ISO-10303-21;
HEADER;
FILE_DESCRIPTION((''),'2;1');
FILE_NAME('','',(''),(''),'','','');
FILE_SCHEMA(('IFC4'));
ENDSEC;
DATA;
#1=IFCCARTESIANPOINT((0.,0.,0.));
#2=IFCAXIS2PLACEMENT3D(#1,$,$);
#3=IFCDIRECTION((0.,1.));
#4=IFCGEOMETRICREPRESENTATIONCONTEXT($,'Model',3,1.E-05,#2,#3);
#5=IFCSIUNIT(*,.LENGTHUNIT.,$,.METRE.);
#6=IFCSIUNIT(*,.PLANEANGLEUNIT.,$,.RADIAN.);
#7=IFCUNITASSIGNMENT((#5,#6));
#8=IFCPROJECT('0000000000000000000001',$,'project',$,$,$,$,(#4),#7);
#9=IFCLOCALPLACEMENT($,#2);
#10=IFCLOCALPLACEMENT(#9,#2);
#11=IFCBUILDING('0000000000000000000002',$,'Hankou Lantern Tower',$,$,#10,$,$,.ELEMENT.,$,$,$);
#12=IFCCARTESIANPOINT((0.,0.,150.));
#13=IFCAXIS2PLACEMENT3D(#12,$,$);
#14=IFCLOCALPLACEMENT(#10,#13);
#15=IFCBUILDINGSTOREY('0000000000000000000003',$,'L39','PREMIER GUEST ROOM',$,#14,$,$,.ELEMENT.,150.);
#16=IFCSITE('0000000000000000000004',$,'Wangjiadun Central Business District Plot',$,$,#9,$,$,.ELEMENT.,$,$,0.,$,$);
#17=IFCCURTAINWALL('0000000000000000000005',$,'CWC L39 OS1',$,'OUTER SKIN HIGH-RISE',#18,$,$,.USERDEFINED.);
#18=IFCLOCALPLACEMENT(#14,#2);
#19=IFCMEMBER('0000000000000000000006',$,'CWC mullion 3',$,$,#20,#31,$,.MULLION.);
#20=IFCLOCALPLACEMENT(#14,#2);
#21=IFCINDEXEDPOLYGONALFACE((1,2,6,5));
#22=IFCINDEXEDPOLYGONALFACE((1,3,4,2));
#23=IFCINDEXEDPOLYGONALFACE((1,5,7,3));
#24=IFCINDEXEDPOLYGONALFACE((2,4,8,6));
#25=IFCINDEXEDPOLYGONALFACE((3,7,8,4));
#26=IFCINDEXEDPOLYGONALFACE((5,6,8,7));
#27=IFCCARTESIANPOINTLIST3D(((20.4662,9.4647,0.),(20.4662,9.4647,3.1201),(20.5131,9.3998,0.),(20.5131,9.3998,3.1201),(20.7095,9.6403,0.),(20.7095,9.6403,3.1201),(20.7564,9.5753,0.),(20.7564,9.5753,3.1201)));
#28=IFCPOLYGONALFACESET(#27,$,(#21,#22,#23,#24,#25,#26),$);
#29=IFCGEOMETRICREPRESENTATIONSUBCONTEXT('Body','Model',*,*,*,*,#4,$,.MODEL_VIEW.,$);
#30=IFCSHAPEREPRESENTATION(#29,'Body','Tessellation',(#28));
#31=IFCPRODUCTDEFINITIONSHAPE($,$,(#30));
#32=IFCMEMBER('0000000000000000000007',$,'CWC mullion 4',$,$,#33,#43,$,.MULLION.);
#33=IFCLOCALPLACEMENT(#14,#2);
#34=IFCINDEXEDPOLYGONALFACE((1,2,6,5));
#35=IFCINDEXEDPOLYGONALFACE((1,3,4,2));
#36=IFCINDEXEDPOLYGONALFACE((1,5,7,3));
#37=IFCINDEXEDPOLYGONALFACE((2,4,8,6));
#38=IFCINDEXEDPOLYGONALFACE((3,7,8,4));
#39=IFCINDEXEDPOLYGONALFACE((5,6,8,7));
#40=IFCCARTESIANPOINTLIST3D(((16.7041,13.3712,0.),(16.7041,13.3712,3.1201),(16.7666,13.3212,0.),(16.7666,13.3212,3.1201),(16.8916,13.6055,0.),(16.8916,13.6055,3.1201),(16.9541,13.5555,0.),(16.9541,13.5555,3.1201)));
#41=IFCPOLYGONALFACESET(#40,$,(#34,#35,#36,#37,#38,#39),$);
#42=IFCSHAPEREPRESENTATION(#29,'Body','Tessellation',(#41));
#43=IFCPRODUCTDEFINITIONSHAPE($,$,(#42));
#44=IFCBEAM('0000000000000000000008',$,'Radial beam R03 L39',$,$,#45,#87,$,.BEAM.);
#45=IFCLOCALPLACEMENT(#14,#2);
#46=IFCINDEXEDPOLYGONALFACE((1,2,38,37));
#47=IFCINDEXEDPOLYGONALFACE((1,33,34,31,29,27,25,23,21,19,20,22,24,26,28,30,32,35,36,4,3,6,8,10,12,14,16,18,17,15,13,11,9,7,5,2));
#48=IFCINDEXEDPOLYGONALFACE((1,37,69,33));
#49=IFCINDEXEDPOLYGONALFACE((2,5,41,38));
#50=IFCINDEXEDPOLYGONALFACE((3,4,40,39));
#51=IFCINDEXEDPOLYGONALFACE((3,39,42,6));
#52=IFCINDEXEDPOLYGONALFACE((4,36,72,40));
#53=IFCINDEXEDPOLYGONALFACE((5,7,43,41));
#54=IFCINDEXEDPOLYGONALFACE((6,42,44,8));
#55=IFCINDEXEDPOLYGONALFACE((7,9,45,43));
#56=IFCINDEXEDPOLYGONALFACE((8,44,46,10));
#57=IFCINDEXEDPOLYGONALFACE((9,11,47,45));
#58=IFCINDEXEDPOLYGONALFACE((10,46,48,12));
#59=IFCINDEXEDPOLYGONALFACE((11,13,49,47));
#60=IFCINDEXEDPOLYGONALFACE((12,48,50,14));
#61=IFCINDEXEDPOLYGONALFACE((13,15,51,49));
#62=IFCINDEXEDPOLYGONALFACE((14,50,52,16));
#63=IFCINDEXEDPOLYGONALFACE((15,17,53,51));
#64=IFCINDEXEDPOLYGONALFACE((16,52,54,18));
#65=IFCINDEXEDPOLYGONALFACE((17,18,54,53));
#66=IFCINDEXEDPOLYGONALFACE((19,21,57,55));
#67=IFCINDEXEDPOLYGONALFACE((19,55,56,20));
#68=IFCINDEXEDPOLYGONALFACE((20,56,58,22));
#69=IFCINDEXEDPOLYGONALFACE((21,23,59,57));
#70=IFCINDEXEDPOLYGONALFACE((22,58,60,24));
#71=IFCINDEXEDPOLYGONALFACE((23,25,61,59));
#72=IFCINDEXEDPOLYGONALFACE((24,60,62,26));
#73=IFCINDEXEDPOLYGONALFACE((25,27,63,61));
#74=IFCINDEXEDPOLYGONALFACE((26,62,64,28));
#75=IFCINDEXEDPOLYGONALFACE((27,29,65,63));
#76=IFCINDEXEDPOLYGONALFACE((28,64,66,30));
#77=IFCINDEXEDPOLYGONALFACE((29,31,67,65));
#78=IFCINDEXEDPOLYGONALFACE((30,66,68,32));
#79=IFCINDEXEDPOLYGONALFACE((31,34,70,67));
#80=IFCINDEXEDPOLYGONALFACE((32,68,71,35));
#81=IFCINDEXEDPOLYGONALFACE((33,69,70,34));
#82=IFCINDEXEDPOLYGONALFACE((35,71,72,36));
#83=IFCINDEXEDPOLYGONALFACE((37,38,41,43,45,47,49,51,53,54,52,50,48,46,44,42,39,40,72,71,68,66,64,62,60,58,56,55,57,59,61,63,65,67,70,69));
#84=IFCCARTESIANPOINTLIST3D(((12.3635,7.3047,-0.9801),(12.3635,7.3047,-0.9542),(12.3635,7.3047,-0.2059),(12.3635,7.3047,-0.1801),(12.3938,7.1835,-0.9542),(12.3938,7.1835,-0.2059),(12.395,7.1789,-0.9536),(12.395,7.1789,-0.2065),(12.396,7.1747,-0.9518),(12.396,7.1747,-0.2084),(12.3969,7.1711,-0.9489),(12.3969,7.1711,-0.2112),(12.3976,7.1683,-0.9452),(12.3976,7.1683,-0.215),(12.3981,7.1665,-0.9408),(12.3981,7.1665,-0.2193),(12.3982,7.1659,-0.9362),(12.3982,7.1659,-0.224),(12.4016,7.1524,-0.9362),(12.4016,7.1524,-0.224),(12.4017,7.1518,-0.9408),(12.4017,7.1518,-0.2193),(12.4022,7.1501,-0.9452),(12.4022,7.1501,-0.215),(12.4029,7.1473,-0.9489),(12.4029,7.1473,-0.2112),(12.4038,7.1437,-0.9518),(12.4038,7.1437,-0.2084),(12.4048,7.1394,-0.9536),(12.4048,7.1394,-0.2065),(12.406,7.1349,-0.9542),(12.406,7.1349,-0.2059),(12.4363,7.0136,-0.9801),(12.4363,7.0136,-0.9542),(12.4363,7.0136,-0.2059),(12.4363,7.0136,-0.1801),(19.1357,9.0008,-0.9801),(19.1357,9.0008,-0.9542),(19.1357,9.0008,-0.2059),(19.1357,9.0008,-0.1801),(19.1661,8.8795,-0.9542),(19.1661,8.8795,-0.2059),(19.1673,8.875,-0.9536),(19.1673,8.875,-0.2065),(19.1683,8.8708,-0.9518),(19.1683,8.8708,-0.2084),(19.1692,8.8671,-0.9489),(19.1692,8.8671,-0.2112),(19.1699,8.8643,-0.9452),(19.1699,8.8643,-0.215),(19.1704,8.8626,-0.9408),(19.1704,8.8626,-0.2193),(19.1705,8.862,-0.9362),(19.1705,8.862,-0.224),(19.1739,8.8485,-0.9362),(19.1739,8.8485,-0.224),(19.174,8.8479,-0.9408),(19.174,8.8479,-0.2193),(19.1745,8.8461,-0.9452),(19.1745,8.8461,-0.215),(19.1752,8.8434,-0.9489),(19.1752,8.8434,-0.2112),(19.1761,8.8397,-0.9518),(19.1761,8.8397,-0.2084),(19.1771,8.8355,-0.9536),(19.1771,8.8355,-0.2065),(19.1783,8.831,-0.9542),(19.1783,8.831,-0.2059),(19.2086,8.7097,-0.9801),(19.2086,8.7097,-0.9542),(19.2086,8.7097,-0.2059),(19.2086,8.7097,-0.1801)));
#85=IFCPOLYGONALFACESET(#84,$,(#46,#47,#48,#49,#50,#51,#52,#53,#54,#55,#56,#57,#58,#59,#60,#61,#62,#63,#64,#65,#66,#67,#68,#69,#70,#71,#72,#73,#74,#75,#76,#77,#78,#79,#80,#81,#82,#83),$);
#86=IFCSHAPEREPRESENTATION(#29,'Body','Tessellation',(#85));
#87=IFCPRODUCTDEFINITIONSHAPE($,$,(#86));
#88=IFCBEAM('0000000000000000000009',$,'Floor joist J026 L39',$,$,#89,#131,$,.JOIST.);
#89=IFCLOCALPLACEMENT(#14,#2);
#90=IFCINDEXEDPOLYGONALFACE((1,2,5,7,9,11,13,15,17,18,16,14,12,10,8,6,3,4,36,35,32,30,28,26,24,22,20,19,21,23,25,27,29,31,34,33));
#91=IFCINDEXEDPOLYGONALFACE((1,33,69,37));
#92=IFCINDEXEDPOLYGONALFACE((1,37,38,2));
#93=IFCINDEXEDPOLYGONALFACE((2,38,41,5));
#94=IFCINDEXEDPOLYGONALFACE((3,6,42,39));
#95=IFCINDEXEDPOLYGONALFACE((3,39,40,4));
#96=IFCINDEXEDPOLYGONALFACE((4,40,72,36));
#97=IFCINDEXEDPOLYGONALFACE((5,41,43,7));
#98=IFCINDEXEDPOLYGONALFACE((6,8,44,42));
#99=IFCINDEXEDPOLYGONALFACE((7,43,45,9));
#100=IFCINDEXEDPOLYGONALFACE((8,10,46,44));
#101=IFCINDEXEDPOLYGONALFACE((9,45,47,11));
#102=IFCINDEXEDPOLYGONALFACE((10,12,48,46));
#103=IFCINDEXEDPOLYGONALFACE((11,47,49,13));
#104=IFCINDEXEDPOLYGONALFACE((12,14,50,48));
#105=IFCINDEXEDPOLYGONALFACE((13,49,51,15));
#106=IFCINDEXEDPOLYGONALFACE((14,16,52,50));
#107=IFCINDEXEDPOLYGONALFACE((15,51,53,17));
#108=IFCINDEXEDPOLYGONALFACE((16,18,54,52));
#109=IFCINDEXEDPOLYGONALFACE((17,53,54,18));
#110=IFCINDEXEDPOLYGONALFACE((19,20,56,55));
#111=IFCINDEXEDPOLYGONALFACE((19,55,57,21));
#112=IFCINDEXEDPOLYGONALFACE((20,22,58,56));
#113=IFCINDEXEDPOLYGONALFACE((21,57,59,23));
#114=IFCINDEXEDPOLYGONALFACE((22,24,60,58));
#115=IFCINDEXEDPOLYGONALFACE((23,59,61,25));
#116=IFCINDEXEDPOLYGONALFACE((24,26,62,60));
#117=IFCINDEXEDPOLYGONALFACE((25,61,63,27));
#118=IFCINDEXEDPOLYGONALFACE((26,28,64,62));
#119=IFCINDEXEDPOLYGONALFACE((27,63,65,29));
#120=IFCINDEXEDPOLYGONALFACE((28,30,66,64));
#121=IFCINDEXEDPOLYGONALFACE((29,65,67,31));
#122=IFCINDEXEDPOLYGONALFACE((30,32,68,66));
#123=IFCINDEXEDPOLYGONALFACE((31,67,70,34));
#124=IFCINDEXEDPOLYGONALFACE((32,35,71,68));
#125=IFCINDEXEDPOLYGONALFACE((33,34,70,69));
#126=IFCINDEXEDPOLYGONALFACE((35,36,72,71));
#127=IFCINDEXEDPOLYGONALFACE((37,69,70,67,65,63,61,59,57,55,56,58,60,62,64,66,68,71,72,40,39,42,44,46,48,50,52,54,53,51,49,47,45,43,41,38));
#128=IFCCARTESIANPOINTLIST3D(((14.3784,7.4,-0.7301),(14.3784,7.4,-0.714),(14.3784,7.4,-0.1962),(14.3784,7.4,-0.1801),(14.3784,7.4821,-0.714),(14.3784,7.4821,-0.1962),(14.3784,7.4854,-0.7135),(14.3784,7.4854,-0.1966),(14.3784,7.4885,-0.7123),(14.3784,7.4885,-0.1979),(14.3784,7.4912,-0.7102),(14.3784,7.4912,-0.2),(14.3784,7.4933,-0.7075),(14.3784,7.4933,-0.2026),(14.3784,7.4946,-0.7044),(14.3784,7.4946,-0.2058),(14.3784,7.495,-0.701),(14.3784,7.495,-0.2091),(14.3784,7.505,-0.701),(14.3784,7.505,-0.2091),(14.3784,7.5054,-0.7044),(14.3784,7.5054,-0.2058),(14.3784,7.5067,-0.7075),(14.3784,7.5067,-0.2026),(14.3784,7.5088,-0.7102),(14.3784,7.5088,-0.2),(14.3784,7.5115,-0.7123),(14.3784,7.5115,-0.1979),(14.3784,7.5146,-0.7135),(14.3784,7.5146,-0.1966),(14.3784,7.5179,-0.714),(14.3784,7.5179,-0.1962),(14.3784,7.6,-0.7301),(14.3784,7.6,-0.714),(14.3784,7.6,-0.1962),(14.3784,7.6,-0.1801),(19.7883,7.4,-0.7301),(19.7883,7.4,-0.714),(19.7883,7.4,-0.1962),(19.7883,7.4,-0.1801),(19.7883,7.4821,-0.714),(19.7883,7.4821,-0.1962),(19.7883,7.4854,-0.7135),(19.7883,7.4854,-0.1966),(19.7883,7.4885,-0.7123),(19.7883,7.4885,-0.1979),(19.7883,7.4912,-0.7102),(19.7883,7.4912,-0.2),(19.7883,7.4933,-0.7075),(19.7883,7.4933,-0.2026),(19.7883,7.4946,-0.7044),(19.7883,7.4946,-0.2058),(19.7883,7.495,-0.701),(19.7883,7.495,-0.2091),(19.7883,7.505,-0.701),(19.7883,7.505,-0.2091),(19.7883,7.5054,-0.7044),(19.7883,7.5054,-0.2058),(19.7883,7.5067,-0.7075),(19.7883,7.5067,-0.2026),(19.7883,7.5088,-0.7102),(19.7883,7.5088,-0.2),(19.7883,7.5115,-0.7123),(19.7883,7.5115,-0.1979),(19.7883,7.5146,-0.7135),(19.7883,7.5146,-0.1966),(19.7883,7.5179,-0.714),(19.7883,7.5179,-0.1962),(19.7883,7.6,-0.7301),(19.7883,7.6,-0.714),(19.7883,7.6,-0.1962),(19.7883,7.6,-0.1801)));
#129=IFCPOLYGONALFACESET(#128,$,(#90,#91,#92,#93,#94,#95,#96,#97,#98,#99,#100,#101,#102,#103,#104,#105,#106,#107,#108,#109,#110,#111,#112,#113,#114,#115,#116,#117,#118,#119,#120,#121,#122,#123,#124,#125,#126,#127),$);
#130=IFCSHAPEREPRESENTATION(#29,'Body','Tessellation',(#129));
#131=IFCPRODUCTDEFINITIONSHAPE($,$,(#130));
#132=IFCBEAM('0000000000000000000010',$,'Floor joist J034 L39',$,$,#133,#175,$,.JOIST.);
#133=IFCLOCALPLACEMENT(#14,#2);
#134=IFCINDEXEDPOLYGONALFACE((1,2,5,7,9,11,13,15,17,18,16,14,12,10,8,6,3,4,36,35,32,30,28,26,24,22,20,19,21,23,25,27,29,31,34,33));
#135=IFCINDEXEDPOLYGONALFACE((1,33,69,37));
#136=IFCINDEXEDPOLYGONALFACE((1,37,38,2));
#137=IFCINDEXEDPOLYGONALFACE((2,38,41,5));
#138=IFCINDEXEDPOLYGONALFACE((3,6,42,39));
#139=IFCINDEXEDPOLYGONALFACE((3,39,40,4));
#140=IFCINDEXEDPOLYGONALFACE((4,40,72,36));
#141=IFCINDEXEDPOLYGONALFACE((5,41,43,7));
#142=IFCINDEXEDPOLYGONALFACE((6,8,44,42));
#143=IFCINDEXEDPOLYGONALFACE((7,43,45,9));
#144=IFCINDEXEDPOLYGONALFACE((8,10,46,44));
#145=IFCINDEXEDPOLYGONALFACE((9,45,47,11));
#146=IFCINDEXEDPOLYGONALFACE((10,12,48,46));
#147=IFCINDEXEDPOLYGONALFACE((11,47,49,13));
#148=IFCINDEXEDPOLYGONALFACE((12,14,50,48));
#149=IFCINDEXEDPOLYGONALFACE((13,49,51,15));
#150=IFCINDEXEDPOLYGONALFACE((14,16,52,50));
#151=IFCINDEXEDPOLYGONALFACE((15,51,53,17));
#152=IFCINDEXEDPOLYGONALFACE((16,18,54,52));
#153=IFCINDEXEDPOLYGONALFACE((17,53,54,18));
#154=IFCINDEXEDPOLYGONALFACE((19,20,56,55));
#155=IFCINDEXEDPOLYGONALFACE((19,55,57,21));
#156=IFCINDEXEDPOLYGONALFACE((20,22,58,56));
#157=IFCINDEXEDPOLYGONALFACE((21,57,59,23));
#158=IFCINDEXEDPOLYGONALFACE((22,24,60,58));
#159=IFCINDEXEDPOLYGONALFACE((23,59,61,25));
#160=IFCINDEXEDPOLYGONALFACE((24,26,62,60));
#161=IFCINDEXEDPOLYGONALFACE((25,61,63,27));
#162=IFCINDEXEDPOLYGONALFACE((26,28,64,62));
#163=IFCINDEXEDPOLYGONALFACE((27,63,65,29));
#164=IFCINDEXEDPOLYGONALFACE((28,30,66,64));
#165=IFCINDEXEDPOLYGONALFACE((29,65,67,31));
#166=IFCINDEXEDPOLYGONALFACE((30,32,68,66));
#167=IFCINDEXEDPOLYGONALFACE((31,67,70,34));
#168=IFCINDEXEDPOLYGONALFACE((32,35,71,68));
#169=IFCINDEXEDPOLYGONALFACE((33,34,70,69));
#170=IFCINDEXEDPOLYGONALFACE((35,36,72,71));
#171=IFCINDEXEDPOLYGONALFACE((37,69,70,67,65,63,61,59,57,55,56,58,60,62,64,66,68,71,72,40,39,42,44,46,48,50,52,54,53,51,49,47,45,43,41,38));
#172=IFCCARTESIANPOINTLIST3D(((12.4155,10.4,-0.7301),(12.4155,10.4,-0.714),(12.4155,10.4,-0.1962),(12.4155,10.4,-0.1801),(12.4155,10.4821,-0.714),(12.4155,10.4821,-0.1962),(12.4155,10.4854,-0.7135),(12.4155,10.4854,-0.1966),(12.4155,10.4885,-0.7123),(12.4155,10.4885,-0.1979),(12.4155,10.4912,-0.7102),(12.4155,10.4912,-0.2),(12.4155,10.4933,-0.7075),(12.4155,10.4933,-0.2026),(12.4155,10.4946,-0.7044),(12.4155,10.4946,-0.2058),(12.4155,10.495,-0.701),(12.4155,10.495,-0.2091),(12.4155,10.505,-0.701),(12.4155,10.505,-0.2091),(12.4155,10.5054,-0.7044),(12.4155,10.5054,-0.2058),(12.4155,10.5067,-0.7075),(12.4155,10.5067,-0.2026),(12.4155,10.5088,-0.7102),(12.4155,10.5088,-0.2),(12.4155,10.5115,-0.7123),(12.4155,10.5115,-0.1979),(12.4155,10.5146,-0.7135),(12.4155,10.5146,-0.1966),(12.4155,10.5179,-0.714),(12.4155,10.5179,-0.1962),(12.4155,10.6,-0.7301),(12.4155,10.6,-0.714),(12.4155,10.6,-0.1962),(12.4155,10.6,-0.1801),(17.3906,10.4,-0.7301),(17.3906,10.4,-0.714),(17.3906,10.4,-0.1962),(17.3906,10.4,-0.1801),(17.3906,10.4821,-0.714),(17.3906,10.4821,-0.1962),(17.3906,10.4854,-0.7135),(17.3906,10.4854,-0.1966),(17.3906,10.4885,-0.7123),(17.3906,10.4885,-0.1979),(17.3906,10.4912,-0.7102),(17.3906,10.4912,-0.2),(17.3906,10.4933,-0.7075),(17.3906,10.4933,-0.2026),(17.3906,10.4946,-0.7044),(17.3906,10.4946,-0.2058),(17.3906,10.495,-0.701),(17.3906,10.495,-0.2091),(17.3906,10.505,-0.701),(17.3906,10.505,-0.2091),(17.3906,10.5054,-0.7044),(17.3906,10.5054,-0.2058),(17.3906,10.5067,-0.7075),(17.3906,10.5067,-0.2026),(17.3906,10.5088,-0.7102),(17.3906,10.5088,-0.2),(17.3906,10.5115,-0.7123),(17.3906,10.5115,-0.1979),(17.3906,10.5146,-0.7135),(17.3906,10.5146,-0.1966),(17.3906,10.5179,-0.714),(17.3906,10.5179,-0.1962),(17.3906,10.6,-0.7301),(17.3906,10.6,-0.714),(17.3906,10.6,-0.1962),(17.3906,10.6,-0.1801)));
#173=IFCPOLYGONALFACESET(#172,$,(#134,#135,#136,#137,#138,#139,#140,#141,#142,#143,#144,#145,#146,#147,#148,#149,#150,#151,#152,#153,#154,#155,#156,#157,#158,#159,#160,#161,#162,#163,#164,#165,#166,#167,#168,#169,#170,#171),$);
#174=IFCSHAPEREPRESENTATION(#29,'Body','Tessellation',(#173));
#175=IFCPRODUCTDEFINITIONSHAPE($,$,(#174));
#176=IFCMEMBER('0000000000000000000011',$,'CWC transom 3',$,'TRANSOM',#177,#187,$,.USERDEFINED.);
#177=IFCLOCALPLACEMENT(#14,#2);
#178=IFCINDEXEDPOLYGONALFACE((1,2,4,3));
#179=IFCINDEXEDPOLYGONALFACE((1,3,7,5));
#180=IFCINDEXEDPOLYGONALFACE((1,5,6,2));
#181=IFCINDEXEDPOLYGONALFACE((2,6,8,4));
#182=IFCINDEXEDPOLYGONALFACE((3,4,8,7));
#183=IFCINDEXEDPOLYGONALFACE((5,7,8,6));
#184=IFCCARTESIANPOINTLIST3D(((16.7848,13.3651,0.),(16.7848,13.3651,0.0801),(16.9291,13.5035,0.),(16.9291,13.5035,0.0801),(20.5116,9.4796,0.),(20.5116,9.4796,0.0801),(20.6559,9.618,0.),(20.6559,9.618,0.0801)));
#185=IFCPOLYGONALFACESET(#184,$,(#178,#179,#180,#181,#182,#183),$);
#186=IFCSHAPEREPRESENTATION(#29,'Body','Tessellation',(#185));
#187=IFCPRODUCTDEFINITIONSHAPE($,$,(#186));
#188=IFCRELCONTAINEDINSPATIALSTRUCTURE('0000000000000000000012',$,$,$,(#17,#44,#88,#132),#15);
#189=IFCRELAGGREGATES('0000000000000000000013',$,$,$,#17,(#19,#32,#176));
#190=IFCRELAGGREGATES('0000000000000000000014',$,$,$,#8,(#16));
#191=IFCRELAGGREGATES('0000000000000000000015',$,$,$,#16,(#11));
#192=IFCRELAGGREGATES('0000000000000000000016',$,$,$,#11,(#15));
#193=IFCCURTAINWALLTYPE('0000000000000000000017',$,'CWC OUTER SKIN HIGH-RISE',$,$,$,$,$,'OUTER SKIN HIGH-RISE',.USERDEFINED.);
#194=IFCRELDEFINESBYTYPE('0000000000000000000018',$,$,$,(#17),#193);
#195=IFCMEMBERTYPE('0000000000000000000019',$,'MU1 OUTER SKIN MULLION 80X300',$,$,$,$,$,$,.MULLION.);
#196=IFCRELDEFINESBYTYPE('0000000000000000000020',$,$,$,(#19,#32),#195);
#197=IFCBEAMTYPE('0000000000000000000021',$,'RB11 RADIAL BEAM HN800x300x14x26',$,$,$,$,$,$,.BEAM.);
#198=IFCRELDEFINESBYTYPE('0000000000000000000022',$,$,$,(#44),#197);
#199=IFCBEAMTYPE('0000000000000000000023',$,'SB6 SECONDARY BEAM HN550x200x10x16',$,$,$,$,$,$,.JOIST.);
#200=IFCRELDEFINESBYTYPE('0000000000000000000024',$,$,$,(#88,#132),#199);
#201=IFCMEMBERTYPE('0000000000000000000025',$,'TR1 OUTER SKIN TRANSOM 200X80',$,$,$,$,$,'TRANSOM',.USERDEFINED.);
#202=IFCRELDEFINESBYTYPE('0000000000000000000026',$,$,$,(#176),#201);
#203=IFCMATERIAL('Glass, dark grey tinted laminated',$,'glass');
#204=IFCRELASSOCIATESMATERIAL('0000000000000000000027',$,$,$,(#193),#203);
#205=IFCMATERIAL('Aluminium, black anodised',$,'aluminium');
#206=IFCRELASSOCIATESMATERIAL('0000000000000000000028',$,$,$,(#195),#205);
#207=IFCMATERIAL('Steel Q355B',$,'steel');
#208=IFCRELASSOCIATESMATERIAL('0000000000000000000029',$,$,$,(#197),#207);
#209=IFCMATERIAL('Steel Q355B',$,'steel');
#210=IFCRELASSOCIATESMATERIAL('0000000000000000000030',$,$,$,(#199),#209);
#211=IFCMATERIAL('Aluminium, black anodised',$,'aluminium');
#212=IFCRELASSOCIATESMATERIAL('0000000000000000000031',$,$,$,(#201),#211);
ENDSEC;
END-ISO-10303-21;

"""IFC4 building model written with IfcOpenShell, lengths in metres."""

from ifc_helpers import new_model, si_unit, direction, frame, origin, origin_2d, place, context, subcontext, project, spatial, rectangle, i_section, extrude, material, material_profile, profile_set, type_object, element, aggregate, save


model = new_model("IFC4")

# Units and contexts
model_context = context("Model", 3, precision=1e-05, world=origin(), true_north=direction((0.0, 1.0)))
body_context = subcontext(model_context, "Body", "Model", "MODEL_VIEW")
ifc_project = project(units=[si_unit("LENGTHUNIT", "METRE"), si_unit("PLANEANGLEUNIT", "RADIAN")], contexts=[model_context])

# Site, building, storey
site_placement = place(None, origin())
site = spatial("IfcSite", under=ifc_project, at=site_placement, Name="Wangjiadun Central Business District Plot", CompositionType="ELEMENT", RefElevation=0.0)
building_placement = place(site_placement, origin())
building = spatial("IfcBuilding", under=site, at=building_placement, Name="Hankou Lantern Tower", CompositionType="ELEMENT")
storey_placement = place(building_placement, frame((0.0, 0.0, 150.0)))
storey = spatial("IfcBuildingStorey", under=building, at=storey_placement, Name="L39", Description="PREMIER GUEST ROOM", CompositionType="ELEMENT", Elevation=150.0)

# Curtain wall, members
ifc_material_1 = material(Name="Glass, dark grey tinted laminated", Category="glass")
curtain_wall_type = type_object("IfcCurtainWallType", Name="CWC OUTER SKIN HIGH-RISE", ElementType="OUTER SKIN HIGH-RISE", PredefinedType="USERDEFINED", material=ifc_material_1)
curtain_wall_placement = place(storey_placement, origin())
curtain_wall = element("IfcCurtainWall", 1, at=curtain_wall_placement, inside=storey, type_object=curtain_wall_type, Name="CWC L39 OS1", ObjectType="OUTER SKIN HIGH-RISE", PredefinedType="USERDEFINED")
ifc_material_2 = material(Name="Aluminium, black anodised", Category="aluminium")
ifc_material_profile_1 = material_profile(ifc_material_2, rectangle(XDim=0.0801, YDim=0.3, at=origin_2d()), Name="MU1 80X300")
ifc_profile_set_1 = profile_set([ifc_material_profile_1], Name="Aluminium, black anodised")
member_type_1 = type_object("IfcMemberType", Name="MU1 OUTER SKIN MULLION 80X300", PredefinedType="MULLION", material=ifc_profile_set_1)
member_1_placement = place(storey_placement, frame((20.6113, 9.52, 0.0), z_axis=(0.0, 0.0, 1.0), x_axis=(-0.585206, 0.810885, 0.0)))
member_1 = element("IfcMember", 2, at=member_1_placement, type_object=member_type_1, Name="CWC mullion 3", PredefinedType="MULLION", context=body_context, shape_type="SweptSolid", body=[
    extrude(rectangle(XDim=0.0801, YDim=0.3, at=origin_2d()), origin(), (0.0, 0.0, 1.0), 3.1201),
])
member_2_placement = place(storey_placement, frame((16.8291, 13.4634, 0.0), z_axis=(0.0, 0.0, 1.0), x_axis=(-0.780869, 0.624695, 0.0)))
member_2 = element("IfcMember", 3, at=member_2_placement, type_object=member_type_1, Name="CWC mullion 4", PredefinedType="MULLION", context=body_context, shape_type="SweptSolid", body=[
    extrude(rectangle(XDim=0.0801, YDim=0.3, at=origin_2d()), origin(), (0.0, 0.0, 1.0), 3.1201),
])

# Beams
ifc_material_3 = material(Name="Steel Q355B", Category="steel")
ifc_material_profile_2 = material_profile(ifc_material_3, i_section(OverallWidth=0.3, OverallDepth=0.8, WebThickness=0.0139, FlangeThickness=0.0259, FilletRadius=0.0181, at=origin_2d()), Name="HN800x300x14x26")
ifc_profile_set_2 = profile_set([ifc_material_profile_2], Name="Steel Q355B")
beam_type_1 = type_object("IfcBeamType", Name="RB11 RADIAL BEAM HN800x300x14x26", PredefinedType="BEAM", material=ifc_profile_set_2)
beam_1_placement = place(storey_placement, frame((12.3999, 7.1592, -0.5801), z_axis=(0.970042, 0.242939, 0.0), x_axis=(-0.242939, 0.970042, 0.0)))
element("IfcBeam", 4, at=beam_1_placement, inside=storey, type_object=beam_type_1, Name="Radial beam R03 L39", PredefinedType="BEAM", context=body_context, shape_type="SweptSolid", body=[
    extrude(i_section(OverallWidth=0.3, OverallDepth=0.8, WebThickness=0.0139, FlangeThickness=0.0259, FilletRadius=0.0181, at=origin_2d()), origin(), (0.0, 0.0, 1.0), 6.9814),
])
ifc_material_4 = material(Name="Steel Q355B", Category="steel")
ifc_material_profile_3 = material_profile(ifc_material_4, i_section(OverallWidth=0.2, OverallDepth=0.55, WebThickness=0.01, FlangeThickness=0.0161, FilletRadius=0.0129, at=origin_2d()), Name="HN550x200x10x16")
ifc_profile_set_3 = profile_set([ifc_material_profile_3], Name="Steel Q355B")
beam_type_2 = type_object("IfcBeamType", Name="SB6 SECONDARY BEAM HN550x200x10x16", PredefinedType="JOIST", material=ifc_profile_set_3)
beam_2_placement = place(storey_placement, frame((14.3784, 7.5, -0.4551), z_axis=(1.0, 0.0, 0.0), x_axis=(0.0, 1.0, 0.0)))
element("IfcBeam", 5, at=beam_2_placement, inside=storey, type_object=beam_type_2, Name="Floor joist J026 L39", PredefinedType="JOIST", context=body_context, shape_type="SweptSolid", body=[
    extrude(i_section(OverallWidth=0.2, OverallDepth=0.55, WebThickness=0.01, FlangeThickness=0.0161, FilletRadius=0.0129, at=origin_2d()), origin(), (0.0, 0.0, 1.0), 5.4099),
])
beam_3_placement = place(storey_placement, frame((12.4155, 10.5, -0.4551), z_axis=(1.0, 0.0, 0.0), x_axis=(0.0, 1.0, 0.0)))
element("IfcBeam", 6, at=beam_3_placement, inside=storey, type_object=beam_type_2, Name="Floor joist J034 L39", PredefinedType="JOIST", context=body_context, shape_type="SweptSolid", body=[
    extrude(i_section(OverallWidth=0.2, OverallDepth=0.55, WebThickness=0.01, FlangeThickness=0.0161, FilletRadius=0.0129, at=origin_2d()), origin(), (0.0, 0.0, 1.0), 4.9751),
])

# Member
ifc_material_5 = material(Name="Aluminium, black anodised", Category="aluminium")
ifc_material_profile_4 = material_profile(ifc_material_5, rectangle(XDim=0.2, YDim=0.0801, at=origin_2d()), Name="TR1 200X80")
ifc_profile_set_4 = profile_set([ifc_material_profile_4], Name="Aluminium, black anodised")
member_type_2 = type_object("IfcMemberType", Name="TR1 OUTER SKIN TRANSOM 200X80", ElementType="TRANSOM", PredefinedType="USERDEFINED", material=ifc_profile_set_4)
member_3_placement = place(storey_placement, frame((20.5837, 9.5488, 0.04), z_axis=(-0.692216, 0.721691, 0.0), x_axis=(-0.721691, -0.692216, 0.0)))
member_3 = element("IfcMember", 7, at=member_3_placement, type_object=member_type_2, Name="CWC transom 3", ObjectType="TRANSOM", PredefinedType="USERDEFINED", context=body_context, shape_type="SweptSolid", body=[
    extrude(rectangle(XDim=0.2, YDim=0.0801, at=origin_2d()), origin(), (0.0, 0.0, 1.0), 5.3838),
])

aggregate(curtain_wall, [member_1, member_2, member_3])

save(model, "model.ifc")
